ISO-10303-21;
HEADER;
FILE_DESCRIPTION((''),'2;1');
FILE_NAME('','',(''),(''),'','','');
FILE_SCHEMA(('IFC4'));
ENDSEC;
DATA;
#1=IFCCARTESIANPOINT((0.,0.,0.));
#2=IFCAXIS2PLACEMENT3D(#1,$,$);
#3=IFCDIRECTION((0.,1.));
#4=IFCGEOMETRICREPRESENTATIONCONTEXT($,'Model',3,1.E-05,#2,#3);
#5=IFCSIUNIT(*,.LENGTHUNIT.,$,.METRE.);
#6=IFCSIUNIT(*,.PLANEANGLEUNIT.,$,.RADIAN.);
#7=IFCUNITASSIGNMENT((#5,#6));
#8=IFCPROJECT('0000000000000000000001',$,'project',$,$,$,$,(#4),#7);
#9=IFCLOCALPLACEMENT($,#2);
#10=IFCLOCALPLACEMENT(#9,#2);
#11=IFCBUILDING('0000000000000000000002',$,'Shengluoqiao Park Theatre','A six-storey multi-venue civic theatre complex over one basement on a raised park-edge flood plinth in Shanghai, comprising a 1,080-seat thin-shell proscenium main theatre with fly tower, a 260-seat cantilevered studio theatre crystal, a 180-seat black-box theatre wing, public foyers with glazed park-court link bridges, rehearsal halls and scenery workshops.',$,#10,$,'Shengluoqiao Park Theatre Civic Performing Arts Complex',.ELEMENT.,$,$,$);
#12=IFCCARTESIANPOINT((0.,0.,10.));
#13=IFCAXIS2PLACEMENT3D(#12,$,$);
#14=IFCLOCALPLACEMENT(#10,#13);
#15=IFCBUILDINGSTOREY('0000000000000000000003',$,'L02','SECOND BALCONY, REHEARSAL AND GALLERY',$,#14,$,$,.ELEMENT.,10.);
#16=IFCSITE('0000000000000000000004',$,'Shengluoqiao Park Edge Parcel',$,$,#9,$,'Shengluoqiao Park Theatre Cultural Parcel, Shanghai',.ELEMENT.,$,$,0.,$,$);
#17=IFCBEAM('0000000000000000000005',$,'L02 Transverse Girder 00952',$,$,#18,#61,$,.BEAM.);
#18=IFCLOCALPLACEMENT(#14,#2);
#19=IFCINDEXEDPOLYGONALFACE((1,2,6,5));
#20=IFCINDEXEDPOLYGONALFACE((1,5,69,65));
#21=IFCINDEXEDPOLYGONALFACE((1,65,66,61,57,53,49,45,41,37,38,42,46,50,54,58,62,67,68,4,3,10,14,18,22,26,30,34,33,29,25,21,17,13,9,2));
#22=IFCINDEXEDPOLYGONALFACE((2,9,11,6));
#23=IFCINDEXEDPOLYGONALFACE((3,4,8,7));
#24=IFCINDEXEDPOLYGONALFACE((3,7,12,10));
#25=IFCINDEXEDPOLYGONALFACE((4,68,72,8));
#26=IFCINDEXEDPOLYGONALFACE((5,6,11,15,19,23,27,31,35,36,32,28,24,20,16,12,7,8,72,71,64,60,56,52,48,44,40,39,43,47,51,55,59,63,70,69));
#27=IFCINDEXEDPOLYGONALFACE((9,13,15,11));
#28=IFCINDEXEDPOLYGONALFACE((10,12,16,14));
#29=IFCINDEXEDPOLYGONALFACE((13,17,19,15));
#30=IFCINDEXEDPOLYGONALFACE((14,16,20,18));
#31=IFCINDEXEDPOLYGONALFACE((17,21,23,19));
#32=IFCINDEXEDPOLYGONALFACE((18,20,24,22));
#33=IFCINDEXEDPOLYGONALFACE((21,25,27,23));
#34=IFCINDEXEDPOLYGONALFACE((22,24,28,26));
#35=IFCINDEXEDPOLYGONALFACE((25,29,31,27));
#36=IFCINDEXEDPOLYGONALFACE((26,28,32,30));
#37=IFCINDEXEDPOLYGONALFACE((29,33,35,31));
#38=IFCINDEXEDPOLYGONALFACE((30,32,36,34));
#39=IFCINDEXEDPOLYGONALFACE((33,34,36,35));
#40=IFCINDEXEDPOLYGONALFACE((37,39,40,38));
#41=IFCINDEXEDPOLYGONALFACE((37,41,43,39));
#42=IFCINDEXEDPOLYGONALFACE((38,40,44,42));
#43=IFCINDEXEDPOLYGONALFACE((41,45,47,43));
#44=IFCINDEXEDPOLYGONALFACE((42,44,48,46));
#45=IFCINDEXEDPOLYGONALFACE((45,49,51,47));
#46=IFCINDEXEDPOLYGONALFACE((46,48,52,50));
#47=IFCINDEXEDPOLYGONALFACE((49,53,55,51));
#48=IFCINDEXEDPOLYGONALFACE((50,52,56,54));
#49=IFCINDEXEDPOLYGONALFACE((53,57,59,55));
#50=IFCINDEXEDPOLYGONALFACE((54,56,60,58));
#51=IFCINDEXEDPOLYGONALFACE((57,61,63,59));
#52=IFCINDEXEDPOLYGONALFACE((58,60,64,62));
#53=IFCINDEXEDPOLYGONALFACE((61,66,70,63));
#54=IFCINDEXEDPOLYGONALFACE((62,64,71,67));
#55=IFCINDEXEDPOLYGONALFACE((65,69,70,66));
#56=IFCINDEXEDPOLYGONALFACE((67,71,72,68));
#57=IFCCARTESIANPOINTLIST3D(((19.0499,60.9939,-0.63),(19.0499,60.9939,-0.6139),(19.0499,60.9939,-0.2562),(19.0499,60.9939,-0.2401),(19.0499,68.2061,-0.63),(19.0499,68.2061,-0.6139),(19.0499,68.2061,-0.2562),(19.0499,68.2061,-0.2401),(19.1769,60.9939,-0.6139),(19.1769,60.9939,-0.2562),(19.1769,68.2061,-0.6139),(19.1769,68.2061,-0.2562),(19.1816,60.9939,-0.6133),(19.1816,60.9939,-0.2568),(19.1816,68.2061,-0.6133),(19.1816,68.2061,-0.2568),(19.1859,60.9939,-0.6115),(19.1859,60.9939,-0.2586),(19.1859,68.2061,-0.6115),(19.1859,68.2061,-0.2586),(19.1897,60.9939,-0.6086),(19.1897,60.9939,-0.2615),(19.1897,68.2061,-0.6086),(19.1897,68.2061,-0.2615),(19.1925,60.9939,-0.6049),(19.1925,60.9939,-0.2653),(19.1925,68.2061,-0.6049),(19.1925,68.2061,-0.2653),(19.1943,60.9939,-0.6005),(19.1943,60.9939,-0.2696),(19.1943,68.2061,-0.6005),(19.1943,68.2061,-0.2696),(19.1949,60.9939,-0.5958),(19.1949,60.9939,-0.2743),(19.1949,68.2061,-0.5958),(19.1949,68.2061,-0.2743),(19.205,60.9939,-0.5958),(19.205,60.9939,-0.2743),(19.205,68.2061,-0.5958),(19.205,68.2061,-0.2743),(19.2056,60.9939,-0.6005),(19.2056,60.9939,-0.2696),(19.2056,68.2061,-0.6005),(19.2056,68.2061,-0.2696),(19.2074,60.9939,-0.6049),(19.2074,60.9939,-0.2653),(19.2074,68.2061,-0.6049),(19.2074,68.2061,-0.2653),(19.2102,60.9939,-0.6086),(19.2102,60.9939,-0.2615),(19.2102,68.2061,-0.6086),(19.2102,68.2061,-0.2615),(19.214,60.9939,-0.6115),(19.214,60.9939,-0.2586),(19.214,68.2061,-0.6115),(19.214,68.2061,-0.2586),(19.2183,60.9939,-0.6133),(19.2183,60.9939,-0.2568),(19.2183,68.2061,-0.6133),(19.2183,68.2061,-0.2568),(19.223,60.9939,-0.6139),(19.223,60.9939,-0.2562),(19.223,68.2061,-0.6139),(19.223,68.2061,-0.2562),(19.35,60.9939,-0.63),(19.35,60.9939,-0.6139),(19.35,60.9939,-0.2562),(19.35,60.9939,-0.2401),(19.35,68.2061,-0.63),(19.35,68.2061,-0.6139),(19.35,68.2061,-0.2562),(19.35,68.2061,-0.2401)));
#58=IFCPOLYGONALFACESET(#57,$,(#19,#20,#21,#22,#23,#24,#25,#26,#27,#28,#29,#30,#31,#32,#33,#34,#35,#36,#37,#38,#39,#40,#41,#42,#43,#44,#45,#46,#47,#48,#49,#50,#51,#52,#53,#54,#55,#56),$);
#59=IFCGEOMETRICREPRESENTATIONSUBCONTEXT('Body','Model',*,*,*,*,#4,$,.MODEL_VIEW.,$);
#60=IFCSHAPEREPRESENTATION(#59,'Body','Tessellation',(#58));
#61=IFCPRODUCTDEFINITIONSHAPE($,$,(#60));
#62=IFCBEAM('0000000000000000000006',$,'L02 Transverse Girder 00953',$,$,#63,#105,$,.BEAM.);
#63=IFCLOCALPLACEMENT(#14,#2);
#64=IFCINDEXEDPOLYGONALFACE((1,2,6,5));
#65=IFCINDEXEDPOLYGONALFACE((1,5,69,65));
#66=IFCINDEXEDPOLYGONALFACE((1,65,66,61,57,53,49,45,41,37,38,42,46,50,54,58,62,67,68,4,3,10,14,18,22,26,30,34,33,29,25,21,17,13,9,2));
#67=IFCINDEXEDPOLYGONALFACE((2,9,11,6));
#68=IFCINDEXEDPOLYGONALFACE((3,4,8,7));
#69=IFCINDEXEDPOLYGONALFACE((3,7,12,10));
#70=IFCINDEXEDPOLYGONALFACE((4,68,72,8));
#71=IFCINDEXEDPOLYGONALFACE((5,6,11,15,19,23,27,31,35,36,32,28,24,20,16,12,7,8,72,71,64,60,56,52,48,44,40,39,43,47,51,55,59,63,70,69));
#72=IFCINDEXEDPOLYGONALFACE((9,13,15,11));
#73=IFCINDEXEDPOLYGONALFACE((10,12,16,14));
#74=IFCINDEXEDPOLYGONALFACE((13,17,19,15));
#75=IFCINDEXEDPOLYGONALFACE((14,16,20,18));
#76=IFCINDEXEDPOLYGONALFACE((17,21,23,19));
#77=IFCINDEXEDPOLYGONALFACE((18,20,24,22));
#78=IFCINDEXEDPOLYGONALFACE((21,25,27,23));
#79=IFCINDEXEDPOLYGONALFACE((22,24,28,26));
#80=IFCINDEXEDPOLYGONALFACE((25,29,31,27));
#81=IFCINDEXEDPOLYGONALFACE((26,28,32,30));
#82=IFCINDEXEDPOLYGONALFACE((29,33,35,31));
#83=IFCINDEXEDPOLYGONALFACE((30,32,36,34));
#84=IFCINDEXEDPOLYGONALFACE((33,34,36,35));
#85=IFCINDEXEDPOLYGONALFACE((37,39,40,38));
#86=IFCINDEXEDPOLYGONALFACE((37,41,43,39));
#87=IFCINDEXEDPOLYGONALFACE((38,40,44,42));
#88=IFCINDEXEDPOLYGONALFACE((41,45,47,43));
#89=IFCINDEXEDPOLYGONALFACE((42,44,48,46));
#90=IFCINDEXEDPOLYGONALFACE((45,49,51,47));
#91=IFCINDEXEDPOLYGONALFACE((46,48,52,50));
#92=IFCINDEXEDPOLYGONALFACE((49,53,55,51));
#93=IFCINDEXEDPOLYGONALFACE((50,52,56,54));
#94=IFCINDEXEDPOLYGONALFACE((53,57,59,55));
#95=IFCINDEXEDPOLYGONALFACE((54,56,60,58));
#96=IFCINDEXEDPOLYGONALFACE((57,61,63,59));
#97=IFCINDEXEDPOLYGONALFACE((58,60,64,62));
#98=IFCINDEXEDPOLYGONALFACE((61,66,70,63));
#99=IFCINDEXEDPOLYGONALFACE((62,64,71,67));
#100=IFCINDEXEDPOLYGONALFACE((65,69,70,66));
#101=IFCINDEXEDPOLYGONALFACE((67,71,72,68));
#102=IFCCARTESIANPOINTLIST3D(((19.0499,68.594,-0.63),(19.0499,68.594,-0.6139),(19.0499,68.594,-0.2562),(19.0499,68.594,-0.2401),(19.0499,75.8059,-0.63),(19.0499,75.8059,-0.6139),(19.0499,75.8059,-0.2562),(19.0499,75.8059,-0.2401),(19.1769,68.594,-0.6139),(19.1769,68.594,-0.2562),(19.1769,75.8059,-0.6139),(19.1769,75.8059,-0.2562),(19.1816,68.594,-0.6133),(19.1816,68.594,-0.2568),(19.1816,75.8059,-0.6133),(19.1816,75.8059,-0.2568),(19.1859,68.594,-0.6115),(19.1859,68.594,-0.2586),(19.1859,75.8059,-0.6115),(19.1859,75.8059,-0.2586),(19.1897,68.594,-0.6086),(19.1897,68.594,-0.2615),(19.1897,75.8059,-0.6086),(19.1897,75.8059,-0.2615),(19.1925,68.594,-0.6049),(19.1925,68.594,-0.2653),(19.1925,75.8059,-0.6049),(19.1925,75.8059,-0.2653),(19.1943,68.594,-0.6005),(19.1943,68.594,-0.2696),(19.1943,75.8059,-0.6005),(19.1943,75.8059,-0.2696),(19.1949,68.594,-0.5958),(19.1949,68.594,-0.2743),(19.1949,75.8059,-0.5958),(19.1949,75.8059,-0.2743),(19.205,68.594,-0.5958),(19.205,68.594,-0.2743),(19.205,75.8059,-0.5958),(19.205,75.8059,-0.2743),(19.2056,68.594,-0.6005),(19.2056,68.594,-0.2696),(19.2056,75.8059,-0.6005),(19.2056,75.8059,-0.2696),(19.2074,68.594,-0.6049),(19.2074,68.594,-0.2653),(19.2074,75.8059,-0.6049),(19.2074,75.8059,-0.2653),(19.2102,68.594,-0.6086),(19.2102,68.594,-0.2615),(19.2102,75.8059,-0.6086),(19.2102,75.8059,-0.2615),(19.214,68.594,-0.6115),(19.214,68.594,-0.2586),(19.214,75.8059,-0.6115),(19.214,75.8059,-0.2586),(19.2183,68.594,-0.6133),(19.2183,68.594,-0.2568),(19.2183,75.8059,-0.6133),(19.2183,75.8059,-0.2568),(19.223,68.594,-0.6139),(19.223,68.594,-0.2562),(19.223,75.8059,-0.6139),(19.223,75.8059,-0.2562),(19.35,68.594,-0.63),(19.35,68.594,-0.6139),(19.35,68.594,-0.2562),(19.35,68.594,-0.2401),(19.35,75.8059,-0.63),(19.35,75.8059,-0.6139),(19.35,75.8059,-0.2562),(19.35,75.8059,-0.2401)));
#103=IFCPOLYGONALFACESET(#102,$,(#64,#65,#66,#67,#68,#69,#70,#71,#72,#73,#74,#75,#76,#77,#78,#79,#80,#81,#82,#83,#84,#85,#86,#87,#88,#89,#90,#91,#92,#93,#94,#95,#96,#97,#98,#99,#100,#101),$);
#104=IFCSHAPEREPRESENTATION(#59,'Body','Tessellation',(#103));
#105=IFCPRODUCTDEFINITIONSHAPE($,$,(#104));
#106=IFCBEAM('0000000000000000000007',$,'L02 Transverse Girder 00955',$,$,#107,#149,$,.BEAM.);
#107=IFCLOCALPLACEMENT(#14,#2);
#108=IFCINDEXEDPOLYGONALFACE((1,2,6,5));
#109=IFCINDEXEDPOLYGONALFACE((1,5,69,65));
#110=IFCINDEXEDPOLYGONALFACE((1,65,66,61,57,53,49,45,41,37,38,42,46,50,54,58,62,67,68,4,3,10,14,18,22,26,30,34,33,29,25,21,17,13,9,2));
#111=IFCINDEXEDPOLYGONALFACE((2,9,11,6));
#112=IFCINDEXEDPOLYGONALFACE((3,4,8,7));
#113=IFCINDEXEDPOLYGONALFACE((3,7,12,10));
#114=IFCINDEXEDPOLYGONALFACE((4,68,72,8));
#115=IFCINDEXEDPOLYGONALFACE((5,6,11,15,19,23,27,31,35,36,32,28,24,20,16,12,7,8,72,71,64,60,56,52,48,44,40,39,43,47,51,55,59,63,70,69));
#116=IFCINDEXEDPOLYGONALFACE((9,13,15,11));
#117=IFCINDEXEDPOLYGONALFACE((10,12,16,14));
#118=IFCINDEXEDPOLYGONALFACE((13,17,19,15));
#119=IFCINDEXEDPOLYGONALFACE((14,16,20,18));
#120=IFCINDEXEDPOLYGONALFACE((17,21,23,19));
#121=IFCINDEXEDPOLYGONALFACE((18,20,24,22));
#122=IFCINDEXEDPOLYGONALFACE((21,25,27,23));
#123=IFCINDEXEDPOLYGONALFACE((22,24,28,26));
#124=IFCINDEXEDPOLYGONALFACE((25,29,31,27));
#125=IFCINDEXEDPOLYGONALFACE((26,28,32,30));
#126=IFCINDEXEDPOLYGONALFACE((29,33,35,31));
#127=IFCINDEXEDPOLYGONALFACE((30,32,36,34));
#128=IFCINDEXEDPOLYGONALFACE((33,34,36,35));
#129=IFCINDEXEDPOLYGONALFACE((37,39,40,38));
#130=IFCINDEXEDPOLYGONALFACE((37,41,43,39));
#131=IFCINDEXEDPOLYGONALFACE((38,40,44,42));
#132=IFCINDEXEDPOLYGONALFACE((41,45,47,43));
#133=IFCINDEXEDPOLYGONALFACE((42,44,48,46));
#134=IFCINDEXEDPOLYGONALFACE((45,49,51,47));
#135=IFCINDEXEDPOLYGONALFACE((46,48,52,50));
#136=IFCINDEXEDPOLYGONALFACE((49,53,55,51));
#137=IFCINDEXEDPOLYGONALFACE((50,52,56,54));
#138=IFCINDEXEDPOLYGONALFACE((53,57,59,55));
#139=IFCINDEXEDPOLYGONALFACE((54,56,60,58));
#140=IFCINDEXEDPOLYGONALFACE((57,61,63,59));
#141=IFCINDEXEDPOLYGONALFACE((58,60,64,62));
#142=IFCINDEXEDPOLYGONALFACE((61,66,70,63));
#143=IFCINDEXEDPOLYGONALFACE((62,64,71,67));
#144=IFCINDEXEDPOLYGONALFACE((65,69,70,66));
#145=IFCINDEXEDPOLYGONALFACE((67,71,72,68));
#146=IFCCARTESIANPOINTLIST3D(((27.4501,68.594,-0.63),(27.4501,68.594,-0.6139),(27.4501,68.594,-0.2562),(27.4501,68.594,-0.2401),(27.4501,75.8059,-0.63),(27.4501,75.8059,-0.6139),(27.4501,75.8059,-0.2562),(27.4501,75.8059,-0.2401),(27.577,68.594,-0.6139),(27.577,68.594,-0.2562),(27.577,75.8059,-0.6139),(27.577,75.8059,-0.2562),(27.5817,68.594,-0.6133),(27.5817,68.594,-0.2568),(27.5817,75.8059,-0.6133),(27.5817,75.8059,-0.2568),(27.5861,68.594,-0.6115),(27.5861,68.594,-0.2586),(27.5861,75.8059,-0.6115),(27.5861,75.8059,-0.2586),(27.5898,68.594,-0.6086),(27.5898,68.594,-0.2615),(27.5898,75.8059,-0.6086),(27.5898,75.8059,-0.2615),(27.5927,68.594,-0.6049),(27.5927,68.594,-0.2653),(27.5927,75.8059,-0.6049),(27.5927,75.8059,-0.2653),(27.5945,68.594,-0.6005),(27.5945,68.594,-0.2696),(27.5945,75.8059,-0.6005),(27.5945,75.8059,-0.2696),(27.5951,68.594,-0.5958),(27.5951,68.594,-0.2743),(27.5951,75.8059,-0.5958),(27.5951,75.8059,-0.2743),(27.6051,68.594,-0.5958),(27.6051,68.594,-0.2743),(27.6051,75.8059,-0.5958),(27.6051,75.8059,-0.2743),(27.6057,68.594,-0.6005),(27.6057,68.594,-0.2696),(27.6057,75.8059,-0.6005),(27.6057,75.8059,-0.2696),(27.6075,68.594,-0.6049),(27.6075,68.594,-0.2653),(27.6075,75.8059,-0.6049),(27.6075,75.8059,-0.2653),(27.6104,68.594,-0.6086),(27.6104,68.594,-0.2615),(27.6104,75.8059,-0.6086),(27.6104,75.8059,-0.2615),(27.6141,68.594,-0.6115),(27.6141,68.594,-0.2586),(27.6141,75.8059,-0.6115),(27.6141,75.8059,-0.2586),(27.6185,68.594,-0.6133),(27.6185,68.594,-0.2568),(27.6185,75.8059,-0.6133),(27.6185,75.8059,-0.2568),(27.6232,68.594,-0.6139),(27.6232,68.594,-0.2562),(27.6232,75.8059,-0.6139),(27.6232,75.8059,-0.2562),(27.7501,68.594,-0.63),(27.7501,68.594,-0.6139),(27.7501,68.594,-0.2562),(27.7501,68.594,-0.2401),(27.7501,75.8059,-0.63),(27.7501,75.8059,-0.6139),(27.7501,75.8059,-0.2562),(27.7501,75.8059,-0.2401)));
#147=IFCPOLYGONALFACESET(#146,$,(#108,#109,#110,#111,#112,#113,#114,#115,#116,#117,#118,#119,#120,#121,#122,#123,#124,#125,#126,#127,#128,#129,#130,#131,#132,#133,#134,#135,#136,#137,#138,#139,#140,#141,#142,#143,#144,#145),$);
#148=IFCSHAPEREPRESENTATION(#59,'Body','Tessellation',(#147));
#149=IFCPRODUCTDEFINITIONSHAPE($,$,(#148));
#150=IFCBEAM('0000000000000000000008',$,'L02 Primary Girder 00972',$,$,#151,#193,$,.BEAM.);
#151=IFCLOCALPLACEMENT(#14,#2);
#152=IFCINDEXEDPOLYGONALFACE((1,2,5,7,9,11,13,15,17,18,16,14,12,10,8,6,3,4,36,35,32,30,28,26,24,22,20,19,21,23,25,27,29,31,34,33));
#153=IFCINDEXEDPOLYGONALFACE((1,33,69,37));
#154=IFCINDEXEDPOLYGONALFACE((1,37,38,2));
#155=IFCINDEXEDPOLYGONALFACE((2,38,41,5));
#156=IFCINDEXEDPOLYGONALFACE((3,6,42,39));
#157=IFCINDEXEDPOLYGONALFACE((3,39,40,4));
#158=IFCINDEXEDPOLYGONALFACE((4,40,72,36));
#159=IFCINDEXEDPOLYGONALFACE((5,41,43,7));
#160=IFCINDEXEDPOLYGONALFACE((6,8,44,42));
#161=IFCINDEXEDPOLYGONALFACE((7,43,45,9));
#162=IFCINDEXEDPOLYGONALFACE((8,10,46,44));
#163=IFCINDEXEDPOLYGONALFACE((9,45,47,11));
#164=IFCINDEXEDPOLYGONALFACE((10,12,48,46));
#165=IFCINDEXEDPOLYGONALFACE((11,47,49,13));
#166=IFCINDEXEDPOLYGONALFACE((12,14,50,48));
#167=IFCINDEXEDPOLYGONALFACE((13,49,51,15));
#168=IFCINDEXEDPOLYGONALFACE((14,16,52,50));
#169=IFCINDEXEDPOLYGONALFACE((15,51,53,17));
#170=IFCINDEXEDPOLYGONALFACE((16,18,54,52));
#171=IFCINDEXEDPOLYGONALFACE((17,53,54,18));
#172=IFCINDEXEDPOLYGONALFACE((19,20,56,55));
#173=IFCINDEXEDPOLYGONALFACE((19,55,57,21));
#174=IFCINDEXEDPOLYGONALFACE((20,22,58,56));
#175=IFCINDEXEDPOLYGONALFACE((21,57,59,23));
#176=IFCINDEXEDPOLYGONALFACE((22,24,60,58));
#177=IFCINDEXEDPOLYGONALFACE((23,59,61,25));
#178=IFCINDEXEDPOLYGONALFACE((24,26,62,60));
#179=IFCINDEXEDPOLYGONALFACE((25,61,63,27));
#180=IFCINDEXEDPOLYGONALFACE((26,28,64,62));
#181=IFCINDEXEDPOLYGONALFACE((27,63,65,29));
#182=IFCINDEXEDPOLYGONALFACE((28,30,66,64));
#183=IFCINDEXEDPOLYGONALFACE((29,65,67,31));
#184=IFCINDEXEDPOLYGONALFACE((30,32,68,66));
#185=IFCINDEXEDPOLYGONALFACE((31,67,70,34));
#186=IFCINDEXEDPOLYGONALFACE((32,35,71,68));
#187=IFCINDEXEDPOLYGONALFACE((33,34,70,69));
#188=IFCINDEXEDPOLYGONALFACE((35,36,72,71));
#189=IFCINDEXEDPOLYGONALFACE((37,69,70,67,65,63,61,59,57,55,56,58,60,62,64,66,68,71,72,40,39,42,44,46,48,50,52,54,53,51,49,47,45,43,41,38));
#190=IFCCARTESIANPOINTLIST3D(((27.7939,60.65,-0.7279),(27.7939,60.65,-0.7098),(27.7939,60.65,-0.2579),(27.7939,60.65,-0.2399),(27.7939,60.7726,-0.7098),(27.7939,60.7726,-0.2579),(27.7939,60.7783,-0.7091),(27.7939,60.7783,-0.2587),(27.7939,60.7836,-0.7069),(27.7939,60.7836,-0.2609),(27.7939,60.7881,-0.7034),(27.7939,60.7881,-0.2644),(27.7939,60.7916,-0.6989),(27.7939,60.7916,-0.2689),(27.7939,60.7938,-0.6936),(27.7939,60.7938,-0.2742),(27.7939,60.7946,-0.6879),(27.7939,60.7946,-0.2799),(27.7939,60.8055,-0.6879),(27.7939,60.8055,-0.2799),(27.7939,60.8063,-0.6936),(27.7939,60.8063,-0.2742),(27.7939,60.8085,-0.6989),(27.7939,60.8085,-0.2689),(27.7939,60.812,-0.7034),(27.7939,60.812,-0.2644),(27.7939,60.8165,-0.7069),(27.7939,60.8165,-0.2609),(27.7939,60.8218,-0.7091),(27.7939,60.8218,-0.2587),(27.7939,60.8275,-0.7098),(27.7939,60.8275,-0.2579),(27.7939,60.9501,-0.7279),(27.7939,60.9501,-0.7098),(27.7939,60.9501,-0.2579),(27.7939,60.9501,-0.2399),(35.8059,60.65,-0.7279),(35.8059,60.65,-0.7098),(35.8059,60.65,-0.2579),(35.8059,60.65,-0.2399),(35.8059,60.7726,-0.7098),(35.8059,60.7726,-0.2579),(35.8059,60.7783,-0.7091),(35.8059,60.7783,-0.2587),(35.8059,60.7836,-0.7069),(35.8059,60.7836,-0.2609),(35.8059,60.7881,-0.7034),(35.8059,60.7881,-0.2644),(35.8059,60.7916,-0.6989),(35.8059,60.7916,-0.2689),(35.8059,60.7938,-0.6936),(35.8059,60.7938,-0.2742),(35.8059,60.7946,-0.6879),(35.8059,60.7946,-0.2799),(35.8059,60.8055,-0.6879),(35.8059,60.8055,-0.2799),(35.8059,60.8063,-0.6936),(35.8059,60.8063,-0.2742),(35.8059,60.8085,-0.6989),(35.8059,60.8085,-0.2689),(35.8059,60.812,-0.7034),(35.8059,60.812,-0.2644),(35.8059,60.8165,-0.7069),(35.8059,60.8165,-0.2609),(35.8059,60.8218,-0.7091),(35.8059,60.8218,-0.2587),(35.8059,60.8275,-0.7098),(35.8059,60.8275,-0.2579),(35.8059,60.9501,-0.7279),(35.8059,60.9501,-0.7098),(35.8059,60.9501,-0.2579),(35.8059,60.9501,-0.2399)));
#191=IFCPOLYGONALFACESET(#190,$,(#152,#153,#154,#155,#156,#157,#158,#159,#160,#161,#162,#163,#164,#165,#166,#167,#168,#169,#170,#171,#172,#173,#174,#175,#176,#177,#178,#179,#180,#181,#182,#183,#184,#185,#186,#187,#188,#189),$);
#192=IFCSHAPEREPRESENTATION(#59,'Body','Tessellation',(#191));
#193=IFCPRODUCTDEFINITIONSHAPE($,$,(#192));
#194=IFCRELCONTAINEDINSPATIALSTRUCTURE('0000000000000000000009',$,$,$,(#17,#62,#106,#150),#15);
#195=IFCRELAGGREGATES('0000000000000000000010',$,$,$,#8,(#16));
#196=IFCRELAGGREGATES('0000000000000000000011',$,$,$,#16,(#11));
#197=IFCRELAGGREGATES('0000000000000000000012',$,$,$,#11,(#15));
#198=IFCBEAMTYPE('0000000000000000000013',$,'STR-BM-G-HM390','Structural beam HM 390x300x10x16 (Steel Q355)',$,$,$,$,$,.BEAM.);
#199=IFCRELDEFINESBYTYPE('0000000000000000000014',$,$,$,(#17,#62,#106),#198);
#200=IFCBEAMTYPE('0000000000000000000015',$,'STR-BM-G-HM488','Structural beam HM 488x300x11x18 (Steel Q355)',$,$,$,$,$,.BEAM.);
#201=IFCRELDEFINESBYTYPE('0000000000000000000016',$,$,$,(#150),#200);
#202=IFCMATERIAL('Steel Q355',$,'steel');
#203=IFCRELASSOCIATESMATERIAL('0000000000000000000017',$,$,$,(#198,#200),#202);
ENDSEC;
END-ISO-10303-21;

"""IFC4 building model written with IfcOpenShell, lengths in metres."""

from ifc_helpers import new_model, si_unit, direction, frame, origin, origin_2d, place, context, subcontext, project, spatial, i_section, extrude, material, material_profile, profile_set, type_object, element, save


model = new_model("IFC4")

# Units and contexts
model_context = context("Model", 3, precision=1e-05, world=origin(), true_north=direction((0.0, 1.0)))
body_context = subcontext(model_context, "Body", "Model", "MODEL_VIEW")
ifc_project = project(units=[si_unit("LENGTHUNIT", "METRE"), si_unit("PLANEANGLEUNIT", "RADIAN")], contexts=[model_context])

# Site, building, storey
site_placement = place(None, origin())
site = spatial("IfcSite", under=ifc_project, at=site_placement, Name="Shengluoqiao Park Edge Parcel", LongName="Shengluoqiao Park Theatre Cultural Parcel, Shanghai", CompositionType="ELEMENT", RefElevation=0.0)
building_placement = place(site_placement, origin())
building = spatial("IfcBuilding", under=site, at=building_placement, Name="Shengluoqiao Park Theatre", Description="A six-storey multi-venue civic theatre complex over one basement on a raised park-edge flood plinth in Shanghai, comprising a 1,080-seat thin-shell proscenium main theatre with fly tower, a 260-seat cantilevered studio theatre crystal, a 180-seat black-box theatre wing, public foyers with glazed park-court link bridges, rehearsal halls and scenery workshops.", LongName="Shengluoqiao Park Theatre Civic Performing Arts Complex", CompositionType="ELEMENT")
storey_placement = place(building_placement, frame((0.0, 0.0, 10.0)))
storey = spatial("IfcBuildingStorey", under=building, at=storey_placement, Name="L02", Description="SECOND BALCONY, REHEARSAL AND GALLERY", CompositionType="ELEMENT", Elevation=10.0)

# Beams
ifc_material_1 = material(Name="Steel Q355", Category="steel")
ifc_material_profile_1 = material_profile(ifc_material_1, i_section(OverallWidth=0.3, OverallDepth=0.3899, WebThickness=0.01, FlangeThickness=0.0161, FilletRadius=0.0181, at=origin_2d()), Name="HM 390x300x10x16")
ifc_profile_set_1 = profile_set([ifc_material_profile_1], Name="Steel Q355")
beam_type_1 = type_object("IfcBeamType", Name="STR-BM-G-HM390", Description="Structural beam HM 390x300x10x16 (Steel Q355)", PredefinedType="BEAM", material=ifc_profile_set_1)
beam_placement = place(storey_placement, frame((19.2, 60.9939, -0.4351), z_axis=(0.0, 1.0, 0.0), x_axis=(-1.0, 0.0, 0.0)))
element("IfcBeam", 1, at=beam_placement, inside=storey, type_object=beam_type_1, Name="L02 Transverse Girder 00952", PredefinedType="BEAM", context=body_context, shape_type="SweptSolid", body=[
    extrude(i_section(OverallWidth=0.3, OverallDepth=0.3899, WebThickness=0.01, FlangeThickness=0.0161, FilletRadius=0.0181, at=origin_2d()), origin(), (0.0, 0.0, 1.0), 7.2122),
])
for number, where, z_axis, x_axis, name in (
    (2, (19.2, 68.594, -0.4351), (0.0, 1.0, 0.0), (-1.0, 0.0, 0.0), "L02 Transverse Girder 00953"),
    (3, (27.6001, 68.594, -0.4351), (0.0, 1.0, 0.0), (-1.0, 0.0, 0.0), "L02 Transverse Girder 00955"),
):
    element("IfcBeam", number, at=place(storey_placement, frame(where, z_axis=z_axis, x_axis=x_axis)), inside=storey, type_object=beam_type_1, Name=name, PredefinedType="BEAM", context=body_context, shape_type="SweptSolid", body=[
        extrude(i_section(OverallWidth=0.3, OverallDepth=0.3899, WebThickness=0.01, FlangeThickness=0.0161, FilletRadius=0.0181, at=origin_2d()), origin(), (0.0, 0.0, 1.0), 7.2119),
    ])
ifc_material_profile_2 = material_profile(ifc_material_1, i_section(OverallWidth=0.3, OverallDepth=0.488, WebThickness=0.011, FlangeThickness=0.0181, FilletRadius=0.022, at=origin_2d()), Name="HM 488x300x11x18")
ifc_profile_set_2 = profile_set([ifc_material_profile_2], Name="Steel Q355")
beam_type_2 = type_object("IfcBeamType", Name="STR-BM-G-HM488", Description="Structural beam HM 488x300x11x18 (Steel Q355)", PredefinedType="BEAM", material=ifc_profile_set_2)
for number, where, z_axis, x_axis, name in (
    (4, (27.7939, 60.8, -0.4839), (1.0, 0.0, 0.0), (0.0, 1.0, 0.0), "L02 Primary Girder 00972"),
):
    element("IfcBeam", number, at=place(storey_placement, frame(where, z_axis=z_axis, x_axis=x_axis)), inside=storey, type_object=beam_type_2, Name=name, PredefinedType="BEAM", context=body_context, shape_type="SweptSolid", body=[
        extrude(i_section(OverallWidth=0.3, OverallDepth=0.488, WebThickness=0.011, FlangeThickness=0.0181, FilletRadius=0.022, at=origin_2d()), origin(), (0.0, 0.0, 1.0), 8.012),
    ])

save(model, "model.ifc")
